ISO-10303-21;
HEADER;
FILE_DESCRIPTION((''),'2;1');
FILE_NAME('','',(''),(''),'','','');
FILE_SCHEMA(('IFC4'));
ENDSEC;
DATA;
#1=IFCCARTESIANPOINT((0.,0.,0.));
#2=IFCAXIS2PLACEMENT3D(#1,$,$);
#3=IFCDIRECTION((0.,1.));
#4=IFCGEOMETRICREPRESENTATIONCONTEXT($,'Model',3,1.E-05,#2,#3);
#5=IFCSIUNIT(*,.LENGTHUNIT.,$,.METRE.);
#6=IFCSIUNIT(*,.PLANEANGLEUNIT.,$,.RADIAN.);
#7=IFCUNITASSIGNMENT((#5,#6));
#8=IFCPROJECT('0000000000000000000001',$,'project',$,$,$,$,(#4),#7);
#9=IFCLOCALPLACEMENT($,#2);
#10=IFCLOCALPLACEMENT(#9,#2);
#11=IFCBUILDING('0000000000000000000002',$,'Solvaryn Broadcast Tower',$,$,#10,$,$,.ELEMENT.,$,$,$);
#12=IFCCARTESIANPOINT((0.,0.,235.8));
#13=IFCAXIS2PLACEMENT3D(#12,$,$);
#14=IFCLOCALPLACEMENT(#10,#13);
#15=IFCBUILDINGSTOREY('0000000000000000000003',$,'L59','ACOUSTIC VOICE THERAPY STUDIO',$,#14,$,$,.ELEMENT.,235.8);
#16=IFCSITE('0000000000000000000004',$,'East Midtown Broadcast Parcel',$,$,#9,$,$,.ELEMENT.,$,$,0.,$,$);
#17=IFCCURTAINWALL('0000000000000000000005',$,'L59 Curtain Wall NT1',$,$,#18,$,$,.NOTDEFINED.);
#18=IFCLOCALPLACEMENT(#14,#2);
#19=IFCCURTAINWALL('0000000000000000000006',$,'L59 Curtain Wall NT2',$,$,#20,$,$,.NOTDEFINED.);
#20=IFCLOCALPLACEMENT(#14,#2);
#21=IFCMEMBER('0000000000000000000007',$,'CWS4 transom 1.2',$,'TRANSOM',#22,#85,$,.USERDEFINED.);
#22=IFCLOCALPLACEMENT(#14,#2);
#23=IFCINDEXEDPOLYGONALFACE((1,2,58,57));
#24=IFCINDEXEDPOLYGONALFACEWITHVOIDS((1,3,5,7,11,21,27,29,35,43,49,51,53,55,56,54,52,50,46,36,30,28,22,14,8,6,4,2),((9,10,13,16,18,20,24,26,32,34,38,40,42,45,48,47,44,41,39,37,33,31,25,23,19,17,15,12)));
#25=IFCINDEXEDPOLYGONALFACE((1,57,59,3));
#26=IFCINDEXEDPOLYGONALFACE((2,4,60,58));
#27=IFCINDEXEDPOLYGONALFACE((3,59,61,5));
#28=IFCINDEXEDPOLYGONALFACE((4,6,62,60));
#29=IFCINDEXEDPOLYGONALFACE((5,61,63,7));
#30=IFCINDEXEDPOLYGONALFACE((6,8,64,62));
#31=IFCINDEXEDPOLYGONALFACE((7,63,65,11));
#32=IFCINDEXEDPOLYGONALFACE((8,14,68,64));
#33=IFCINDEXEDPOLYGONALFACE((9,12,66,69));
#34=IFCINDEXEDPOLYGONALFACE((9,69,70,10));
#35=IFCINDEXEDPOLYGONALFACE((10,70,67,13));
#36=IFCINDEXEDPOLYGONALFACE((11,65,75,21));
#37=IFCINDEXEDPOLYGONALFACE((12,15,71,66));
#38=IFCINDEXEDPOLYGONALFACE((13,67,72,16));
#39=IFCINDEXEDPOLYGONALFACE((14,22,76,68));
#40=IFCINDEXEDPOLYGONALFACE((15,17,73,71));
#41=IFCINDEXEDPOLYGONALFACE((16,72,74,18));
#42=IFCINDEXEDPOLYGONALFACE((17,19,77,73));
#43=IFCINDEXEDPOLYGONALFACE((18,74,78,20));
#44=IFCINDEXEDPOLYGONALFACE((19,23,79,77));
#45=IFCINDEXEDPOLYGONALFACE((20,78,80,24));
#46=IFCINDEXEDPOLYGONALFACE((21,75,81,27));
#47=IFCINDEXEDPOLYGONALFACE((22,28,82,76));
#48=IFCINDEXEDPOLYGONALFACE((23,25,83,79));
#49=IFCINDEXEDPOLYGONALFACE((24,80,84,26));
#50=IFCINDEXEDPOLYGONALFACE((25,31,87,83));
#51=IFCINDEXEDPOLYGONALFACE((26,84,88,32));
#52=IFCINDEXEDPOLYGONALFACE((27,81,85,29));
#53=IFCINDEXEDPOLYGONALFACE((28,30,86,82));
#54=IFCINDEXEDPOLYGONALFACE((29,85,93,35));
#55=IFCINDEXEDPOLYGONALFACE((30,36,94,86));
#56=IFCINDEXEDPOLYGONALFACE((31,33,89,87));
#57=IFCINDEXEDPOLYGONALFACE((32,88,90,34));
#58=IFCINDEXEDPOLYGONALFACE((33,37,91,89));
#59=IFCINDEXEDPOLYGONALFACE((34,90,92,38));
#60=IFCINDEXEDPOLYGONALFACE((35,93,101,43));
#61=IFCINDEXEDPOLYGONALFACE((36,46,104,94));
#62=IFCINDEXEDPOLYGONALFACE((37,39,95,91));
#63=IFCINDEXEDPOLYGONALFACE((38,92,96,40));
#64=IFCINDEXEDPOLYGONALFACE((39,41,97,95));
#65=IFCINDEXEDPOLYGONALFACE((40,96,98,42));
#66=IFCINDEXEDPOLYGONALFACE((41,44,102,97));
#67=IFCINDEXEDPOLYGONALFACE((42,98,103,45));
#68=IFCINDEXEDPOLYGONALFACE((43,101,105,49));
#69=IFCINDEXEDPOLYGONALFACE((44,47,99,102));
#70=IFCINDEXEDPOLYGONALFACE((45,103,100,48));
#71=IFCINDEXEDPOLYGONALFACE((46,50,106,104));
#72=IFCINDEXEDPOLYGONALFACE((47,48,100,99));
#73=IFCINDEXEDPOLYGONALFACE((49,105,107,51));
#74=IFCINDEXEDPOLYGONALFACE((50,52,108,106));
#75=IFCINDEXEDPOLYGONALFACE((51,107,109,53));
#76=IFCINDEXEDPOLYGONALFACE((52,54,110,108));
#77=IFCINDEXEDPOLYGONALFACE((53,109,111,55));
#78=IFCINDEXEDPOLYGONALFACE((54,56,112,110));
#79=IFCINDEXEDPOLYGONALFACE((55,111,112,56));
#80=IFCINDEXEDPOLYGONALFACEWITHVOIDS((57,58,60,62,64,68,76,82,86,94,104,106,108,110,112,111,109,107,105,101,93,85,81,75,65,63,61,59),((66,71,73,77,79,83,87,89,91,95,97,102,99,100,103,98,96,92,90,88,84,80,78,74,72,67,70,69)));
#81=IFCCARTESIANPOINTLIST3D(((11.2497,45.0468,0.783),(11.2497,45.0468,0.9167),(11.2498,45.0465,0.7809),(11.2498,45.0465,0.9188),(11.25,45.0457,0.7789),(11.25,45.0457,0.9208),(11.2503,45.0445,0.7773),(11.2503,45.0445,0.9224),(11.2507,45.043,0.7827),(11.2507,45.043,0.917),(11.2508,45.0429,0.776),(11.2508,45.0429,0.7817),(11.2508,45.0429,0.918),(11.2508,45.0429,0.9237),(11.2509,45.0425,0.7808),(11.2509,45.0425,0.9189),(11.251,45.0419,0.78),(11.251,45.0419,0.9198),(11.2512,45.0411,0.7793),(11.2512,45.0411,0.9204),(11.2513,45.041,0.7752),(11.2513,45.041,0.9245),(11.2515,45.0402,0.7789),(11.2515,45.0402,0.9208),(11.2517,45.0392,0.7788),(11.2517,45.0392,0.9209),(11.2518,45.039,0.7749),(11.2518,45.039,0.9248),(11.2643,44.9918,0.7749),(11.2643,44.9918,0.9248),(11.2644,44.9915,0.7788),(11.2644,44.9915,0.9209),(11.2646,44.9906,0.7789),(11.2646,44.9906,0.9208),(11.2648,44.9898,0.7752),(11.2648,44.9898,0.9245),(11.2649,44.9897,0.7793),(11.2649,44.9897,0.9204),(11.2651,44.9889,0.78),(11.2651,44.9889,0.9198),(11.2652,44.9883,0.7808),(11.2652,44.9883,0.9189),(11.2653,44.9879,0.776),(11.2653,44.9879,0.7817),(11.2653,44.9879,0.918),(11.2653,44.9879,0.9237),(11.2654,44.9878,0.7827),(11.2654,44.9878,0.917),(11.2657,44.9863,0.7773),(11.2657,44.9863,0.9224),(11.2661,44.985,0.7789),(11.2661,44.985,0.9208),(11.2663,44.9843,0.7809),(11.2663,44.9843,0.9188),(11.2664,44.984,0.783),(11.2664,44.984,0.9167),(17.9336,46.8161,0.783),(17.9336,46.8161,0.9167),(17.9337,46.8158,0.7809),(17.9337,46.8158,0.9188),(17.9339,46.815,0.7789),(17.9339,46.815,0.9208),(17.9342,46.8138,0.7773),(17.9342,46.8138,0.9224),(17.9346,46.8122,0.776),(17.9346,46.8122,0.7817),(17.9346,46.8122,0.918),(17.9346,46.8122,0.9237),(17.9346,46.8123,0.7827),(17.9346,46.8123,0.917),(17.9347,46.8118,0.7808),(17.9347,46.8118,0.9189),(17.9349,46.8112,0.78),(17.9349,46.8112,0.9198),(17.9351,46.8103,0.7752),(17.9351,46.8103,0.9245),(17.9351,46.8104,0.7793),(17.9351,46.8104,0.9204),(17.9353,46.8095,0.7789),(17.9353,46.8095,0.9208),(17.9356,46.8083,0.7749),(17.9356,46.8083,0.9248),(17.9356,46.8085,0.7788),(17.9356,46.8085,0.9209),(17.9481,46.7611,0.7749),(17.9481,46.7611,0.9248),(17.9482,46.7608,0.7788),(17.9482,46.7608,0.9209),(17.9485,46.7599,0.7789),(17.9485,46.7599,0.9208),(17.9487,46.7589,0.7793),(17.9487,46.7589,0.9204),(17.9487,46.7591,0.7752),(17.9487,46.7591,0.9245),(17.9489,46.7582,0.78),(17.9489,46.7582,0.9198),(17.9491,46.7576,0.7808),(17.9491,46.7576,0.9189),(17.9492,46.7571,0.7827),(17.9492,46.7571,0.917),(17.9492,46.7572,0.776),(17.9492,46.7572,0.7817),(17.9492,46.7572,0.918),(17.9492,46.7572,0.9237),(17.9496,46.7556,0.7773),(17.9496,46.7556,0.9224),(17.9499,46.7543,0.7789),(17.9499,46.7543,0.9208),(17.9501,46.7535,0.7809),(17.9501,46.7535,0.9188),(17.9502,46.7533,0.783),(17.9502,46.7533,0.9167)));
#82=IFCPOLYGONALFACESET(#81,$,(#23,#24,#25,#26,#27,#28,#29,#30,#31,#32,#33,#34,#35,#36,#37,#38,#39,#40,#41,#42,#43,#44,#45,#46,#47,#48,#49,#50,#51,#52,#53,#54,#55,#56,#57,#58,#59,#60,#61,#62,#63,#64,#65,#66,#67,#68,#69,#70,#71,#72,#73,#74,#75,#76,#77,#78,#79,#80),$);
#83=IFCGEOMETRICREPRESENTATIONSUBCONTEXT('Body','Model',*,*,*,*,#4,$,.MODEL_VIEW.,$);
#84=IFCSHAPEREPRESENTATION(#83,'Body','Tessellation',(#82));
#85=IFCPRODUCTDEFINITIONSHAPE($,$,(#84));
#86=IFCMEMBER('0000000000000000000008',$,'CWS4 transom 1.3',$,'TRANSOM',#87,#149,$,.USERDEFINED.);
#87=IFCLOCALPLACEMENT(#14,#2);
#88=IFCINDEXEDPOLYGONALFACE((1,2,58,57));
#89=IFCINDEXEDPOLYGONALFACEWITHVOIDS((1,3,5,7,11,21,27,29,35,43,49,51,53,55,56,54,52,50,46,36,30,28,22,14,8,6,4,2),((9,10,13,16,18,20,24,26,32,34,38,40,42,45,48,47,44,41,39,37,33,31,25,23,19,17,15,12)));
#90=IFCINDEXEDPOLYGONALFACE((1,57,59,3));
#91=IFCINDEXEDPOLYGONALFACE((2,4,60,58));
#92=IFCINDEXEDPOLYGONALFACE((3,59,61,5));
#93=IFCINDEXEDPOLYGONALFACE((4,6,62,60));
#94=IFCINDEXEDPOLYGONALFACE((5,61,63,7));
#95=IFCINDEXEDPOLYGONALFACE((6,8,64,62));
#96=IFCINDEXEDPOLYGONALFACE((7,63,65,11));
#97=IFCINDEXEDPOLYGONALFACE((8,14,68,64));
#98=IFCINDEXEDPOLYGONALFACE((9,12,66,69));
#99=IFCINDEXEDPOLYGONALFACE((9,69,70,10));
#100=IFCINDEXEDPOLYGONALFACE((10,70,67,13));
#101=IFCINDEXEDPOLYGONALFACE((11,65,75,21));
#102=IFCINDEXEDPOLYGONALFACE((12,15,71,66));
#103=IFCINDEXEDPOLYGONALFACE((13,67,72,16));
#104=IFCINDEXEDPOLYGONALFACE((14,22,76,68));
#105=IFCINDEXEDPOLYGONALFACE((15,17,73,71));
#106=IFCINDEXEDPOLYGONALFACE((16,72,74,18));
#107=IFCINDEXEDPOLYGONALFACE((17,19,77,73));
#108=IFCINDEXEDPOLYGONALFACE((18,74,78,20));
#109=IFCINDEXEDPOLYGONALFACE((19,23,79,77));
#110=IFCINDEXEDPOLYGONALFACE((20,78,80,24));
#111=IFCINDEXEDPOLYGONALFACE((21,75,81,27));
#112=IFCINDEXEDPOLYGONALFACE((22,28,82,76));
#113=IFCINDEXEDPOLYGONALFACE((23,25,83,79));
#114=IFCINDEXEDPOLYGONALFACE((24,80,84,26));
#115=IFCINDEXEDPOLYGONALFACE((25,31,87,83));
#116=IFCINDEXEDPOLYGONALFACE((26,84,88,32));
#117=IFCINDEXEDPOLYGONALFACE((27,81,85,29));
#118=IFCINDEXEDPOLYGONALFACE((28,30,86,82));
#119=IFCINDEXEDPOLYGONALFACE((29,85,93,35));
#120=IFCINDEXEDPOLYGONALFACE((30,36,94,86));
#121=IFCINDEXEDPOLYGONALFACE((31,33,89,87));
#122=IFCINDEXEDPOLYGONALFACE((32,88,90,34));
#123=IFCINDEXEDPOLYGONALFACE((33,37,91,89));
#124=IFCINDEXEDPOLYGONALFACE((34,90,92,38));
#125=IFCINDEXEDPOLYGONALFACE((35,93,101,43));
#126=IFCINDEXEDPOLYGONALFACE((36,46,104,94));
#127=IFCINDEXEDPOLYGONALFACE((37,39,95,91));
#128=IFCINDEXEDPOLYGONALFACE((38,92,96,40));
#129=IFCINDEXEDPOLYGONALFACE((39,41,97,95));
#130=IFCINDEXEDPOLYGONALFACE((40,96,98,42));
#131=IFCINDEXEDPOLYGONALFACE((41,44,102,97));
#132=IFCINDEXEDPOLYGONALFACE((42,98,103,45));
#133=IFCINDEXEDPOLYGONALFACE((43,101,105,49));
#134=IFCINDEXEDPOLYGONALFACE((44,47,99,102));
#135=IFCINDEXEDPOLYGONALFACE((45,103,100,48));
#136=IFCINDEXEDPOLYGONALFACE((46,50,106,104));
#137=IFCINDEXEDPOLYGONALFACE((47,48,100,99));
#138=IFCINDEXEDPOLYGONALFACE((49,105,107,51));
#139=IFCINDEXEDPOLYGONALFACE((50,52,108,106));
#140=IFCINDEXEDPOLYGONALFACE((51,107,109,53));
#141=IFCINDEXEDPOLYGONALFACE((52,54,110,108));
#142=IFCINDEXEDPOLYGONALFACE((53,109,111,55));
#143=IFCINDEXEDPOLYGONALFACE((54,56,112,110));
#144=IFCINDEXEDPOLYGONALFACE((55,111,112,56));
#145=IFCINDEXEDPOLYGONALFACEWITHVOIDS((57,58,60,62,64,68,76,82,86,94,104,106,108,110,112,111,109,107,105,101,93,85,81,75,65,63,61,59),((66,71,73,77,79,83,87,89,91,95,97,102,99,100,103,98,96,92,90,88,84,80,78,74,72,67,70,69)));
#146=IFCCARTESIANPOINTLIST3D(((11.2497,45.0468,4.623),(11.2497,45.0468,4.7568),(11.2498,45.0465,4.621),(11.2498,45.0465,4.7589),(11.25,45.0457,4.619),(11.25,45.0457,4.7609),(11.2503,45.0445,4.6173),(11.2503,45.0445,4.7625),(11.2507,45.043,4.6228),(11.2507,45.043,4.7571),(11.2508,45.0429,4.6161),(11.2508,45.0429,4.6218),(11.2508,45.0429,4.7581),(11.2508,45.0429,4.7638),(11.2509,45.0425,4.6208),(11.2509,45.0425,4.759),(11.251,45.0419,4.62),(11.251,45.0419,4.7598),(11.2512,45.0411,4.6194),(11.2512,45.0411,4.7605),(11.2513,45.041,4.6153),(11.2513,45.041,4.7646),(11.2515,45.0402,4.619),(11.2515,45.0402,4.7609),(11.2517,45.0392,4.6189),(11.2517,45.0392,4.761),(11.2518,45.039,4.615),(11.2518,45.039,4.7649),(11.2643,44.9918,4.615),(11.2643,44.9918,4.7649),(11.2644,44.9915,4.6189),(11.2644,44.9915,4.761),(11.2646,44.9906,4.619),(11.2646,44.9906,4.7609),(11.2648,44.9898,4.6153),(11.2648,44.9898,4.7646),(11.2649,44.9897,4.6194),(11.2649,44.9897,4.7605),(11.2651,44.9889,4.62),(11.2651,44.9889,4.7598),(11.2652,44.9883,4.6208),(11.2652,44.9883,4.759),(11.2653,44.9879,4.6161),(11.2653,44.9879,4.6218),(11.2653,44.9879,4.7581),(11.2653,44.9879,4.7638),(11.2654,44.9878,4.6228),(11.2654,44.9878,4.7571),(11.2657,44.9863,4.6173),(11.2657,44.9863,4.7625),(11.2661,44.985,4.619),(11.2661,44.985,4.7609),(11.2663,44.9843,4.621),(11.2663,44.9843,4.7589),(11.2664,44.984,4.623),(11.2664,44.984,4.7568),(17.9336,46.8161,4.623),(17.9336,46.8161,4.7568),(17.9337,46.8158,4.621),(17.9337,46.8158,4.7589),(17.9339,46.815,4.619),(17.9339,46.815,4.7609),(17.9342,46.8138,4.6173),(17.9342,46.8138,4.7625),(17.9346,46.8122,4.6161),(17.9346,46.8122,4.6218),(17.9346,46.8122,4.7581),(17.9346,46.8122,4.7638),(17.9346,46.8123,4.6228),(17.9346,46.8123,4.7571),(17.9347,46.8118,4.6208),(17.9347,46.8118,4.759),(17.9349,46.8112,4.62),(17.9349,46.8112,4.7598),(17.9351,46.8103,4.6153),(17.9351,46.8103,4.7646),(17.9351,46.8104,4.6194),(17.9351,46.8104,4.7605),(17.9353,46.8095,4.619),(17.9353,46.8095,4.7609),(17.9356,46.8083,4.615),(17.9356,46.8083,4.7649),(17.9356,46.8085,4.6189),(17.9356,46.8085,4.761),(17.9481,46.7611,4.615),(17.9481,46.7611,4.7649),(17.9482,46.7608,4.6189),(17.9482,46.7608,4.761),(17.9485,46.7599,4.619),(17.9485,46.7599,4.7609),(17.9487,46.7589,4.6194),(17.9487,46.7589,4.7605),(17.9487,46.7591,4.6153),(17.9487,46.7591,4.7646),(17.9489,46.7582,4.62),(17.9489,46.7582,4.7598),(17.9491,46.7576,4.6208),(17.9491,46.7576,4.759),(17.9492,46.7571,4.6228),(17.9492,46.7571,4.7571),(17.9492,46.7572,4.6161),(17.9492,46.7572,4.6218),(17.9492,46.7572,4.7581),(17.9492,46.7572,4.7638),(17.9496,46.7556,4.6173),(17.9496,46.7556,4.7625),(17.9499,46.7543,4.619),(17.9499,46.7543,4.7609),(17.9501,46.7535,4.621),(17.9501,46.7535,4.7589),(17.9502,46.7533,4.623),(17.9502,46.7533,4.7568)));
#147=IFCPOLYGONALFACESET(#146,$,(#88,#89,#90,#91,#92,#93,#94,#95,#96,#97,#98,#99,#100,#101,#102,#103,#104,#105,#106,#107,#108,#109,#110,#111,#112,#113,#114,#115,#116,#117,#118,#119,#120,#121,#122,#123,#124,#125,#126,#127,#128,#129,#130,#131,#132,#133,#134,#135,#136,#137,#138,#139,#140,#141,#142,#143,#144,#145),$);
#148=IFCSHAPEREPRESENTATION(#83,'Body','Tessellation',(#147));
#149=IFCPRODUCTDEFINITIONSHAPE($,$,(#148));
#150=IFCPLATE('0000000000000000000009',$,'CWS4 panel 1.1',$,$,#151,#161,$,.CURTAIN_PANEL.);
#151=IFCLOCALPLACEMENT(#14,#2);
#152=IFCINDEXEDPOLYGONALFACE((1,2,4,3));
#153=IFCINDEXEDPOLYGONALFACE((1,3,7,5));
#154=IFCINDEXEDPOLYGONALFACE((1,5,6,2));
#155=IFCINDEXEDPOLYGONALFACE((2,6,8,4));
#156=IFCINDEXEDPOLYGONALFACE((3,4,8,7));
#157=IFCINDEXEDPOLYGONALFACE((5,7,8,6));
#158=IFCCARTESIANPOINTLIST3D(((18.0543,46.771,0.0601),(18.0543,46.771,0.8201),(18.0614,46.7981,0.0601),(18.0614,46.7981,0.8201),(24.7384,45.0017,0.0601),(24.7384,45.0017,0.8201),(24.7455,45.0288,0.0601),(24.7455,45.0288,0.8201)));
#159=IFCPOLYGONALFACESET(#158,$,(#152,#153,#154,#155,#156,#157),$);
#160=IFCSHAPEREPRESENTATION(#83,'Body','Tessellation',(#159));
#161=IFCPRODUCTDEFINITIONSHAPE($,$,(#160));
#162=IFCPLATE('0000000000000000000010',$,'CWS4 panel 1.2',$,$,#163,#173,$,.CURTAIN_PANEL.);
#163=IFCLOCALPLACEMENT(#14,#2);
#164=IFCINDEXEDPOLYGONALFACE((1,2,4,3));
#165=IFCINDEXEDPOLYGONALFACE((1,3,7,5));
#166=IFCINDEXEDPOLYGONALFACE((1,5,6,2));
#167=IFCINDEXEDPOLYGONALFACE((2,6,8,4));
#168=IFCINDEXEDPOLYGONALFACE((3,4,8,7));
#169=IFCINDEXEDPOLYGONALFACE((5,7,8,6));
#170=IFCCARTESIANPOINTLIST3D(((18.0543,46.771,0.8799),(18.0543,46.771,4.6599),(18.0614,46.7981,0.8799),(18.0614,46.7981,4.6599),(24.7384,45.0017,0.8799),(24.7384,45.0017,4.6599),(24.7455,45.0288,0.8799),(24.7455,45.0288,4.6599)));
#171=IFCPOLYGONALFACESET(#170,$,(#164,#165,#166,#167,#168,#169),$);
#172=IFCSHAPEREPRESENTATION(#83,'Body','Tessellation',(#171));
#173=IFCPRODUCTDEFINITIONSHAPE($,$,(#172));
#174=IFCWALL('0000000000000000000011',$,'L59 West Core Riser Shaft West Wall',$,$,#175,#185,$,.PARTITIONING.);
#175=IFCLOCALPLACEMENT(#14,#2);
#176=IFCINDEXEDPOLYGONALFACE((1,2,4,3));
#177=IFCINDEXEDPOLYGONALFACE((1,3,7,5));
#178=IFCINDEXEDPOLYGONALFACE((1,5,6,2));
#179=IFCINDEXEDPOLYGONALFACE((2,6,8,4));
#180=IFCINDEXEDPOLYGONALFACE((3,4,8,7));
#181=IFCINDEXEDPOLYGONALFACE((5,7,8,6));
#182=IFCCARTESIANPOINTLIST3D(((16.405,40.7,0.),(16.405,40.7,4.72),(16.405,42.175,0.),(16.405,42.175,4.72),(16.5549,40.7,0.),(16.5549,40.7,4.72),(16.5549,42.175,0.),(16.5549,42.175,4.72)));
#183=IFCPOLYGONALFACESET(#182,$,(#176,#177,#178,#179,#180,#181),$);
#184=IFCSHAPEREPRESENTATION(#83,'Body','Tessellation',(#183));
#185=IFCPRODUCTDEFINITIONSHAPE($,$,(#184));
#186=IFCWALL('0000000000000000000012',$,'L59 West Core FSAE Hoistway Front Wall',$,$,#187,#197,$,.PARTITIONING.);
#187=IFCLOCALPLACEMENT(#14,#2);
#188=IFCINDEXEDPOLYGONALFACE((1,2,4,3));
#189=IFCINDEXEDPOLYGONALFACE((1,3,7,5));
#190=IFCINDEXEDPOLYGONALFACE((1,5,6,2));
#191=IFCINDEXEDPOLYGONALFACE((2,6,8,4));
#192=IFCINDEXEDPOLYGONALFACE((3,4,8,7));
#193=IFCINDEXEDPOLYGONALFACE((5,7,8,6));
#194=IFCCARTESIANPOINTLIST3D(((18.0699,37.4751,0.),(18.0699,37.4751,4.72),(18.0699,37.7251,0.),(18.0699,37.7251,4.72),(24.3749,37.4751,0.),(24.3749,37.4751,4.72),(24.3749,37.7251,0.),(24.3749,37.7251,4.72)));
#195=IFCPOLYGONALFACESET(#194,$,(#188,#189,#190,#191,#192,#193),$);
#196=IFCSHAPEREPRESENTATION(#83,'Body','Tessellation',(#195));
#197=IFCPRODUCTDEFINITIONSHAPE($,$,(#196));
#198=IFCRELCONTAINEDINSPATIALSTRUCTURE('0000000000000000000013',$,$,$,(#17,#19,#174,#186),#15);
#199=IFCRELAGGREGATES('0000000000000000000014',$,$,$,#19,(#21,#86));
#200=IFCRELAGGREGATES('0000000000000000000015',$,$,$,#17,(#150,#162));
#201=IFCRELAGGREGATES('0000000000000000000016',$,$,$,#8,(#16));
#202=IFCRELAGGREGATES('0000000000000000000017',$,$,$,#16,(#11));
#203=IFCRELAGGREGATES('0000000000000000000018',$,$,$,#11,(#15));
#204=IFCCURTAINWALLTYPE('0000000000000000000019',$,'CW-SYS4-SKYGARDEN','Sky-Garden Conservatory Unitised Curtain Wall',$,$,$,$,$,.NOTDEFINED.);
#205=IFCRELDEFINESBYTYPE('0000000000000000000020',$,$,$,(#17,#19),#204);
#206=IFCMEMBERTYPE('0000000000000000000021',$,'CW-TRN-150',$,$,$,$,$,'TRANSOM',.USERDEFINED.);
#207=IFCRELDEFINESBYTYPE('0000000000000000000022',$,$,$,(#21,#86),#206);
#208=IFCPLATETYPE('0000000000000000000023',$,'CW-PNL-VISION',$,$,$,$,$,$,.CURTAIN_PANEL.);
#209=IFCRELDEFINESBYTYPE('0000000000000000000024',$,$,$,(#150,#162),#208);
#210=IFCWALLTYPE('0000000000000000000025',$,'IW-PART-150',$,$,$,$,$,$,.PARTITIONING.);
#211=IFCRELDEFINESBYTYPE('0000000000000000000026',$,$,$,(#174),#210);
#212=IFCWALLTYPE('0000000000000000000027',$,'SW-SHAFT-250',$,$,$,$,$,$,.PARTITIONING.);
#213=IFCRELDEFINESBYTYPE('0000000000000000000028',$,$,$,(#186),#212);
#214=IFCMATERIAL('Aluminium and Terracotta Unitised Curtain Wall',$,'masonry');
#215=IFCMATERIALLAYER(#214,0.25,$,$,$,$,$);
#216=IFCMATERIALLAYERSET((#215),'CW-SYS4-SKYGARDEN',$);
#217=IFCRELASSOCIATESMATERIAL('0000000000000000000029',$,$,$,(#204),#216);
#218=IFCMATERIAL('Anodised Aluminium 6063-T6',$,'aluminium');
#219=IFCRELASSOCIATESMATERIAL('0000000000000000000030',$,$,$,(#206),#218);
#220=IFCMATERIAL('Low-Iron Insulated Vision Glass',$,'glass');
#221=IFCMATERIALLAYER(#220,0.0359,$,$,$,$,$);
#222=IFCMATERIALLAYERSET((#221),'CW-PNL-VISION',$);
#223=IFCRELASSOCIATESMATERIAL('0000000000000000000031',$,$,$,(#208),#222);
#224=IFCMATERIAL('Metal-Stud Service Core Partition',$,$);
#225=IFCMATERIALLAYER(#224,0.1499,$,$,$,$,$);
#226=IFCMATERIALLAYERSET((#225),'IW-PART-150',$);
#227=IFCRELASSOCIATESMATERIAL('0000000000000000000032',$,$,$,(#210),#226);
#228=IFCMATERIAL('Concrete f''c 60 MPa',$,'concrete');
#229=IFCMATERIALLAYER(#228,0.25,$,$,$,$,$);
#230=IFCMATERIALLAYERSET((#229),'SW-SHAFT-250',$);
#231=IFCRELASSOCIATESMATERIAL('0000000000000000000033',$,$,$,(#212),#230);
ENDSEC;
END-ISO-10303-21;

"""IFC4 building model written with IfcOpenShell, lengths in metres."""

from ifc_helpers import new_model, si_unit, direction, frame, frame_2d, origin, origin_2d, place, context, subcontext, project, spatial, rectangle, hollow_rectangle, extrude, material, layer, layer_set, material_profile, profile_set, type_object, element, aggregate, save


model = new_model("IFC4")

# Units and contexts
model_context = context("Model", 3, precision=1e-05, world=origin(), true_north=direction((0.0, 1.0)))
body_context = subcontext(model_context, "Body", "Model", "MODEL_VIEW")
ifc_project = project(units=[si_unit("LENGTHUNIT", "METRE"), si_unit("PLANEANGLEUNIT", "RADIAN")], contexts=[model_context])

# Site, building, storey
site_placement = place(None, origin())
site = spatial("IfcSite", under=ifc_project, at=site_placement, Name="East Midtown Broadcast Parcel", CompositionType="ELEMENT", RefElevation=0.0)
building_placement = place(site_placement, origin())
building = spatial("IfcBuilding", under=site, at=building_placement, Name="Solvaryn Broadcast Tower", CompositionType="ELEMENT")
storey_placement = place(building_placement, frame((0.0, 0.0, 235.8)))
storey = spatial("IfcBuildingStorey", under=building, at=storey_placement, Name="L59", Description="ACOUSTIC VOICE THERAPY STUDIO", CompositionType="ELEMENT", Elevation=235.8)

# Curtain wall
ifc_material_1 = material(Name="Aluminium and Terracotta Unitised Curtain Wall", Category="masonry")
ifc_layer_1 = layer(ifc_material_1, 0.25)
ifc_layer_set_1 = layer_set([ifc_layer_1], Name="CW-SYS4-SKYGARDEN")
curtain_wall_type = type_object("IfcCurtainWallType", Name="CW-SYS4-SKYGARDEN", Description="Sky-Garden Conservatory Unitised Curtain Wall", PredefinedType="NOTDEFINED", material=ifc_layer_set_1)
curtain_wall_1_placement = place(storey_placement, origin())
curtain_wall_1 = element("IfcCurtainWall", 1, at=curtain_wall_1_placement, inside=storey, type_object=curtain_wall_type, Name="L59 Curtain Wall NT1", PredefinedType="NOTDEFINED")

# Curtain wall, members
curtain_wall_2_placement = place(storey_placement, origin())
curtain_wall_2 = element("IfcCurtainWall", 2, at=curtain_wall_2_placement, inside=storey, type_object=curtain_wall_type, Name="L59 Curtain Wall NT2", PredefinedType="NOTDEFINED")
ifc_material_2 = material(Name="Anodised Aluminium 6063-T6", Category="aluminium")
ifc_material_profile_1 = material_profile(ifc_material_2, hollow_rectangle(XDim=0.0649, YDim=0.1499, WallThickness=0.0039, InnerFilletRadius=0.0039, OuterFilletRadius=0.0081, at=origin_2d()))
ifc_profile_set_1 = profile_set([ifc_material_profile_1], Name="Anodised Aluminium 6063-T6")
member_type_1 = type_object("IfcMemberType", Name="CW-TRN-150", ElementType="TRANSOM", PredefinedType="USERDEFINED", material=ifc_profile_set_1)
member_1_placement = place(storey_placement, frame((17.9419, 46.7847, 0.8499), z_axis=(-0.966704, -0.255897, 0.0), x_axis=(0.255897, -0.966704, 0.0)))
member_1 = element("IfcMember", 3, at=member_1_placement, type_object=member_type_1, Name="CWS4 transom 1.2", ObjectType="TRANSOM", PredefinedType="USERDEFINED", context=body_context, shape_type="SweptSolid", body=[
    extrude(hollow_rectangle(XDim=0.0649, YDim=0.1499, WallThickness=0.0039, InnerFilletRadius=0.0039, OuterFilletRadius=0.0081, at=origin_2d()), origin(), (0.0, 0.0, 1.0), 6.9141),
])
member_2_placement = place(storey_placement, frame((17.9419, 46.7847, 4.6899), z_axis=(-0.966704, -0.255897, 0.0), x_axis=(0.255897, -0.966704, 0.0)))
member_2 = element("IfcMember", 4, at=member_2_placement, type_object=member_type_1, Name="CWS4 transom 1.3", ObjectType="TRANSOM", PredefinedType="USERDEFINED", context=body_context, shape_type="SweptSolid", body=[
    extrude(hollow_rectangle(XDim=0.0649, YDim=0.1499, WallThickness=0.0039, InnerFilletRadius=0.0039, OuterFilletRadius=0.0081, at=origin_2d()), origin(), (0.0, 0.0, 1.0), 6.9141),
])
aggregate(curtain_wall_2, [member_1, member_2])

# Plates
ifc_material_3 = material(Name="Low-Iron Insulated Vision Glass", Category="glass")
ifc_layer_2 = layer(ifc_material_3, 0.0359)
ifc_layer_set_2 = layer_set([ifc_layer_2], Name="CW-PNL-VISION")
plate_type = type_object("IfcPlateType", Name="CW-PNL-VISION", PredefinedType="CURTAIN_PANEL", material=ifc_layer_set_2)
plate_1_placement = place(storey_placement, frame((21.3999, 45.8999, 0.0601), z_axis=(0.0, 0.0, 1.0), x_axis=(-0.966705, 0.255893, 0.0)))
plate_1 = element("IfcPlate", 5, at=plate_1_placement, type_object=plate_type, Name="CWS4 panel 1.1", PredefinedType="CURTAIN_PANEL", context=body_context, shape_type="SweptSolid", body=[
    extrude(rectangle(XDim=6.9143, YDim=0.0281, at=origin_2d()), origin(), (0.0, 0.0, 1.0), 0.76),
])
plate_2_placement = place(storey_placement, frame((21.3999, 45.8999, 0.8799), z_axis=(0.0, 0.0, 1.0), x_axis=(-0.966705, 0.255893, 0.0)))
plate_2 = element("IfcPlate", 6, at=plate_2_placement, type_object=plate_type, Name="CWS4 panel 1.2", PredefinedType="CURTAIN_PANEL", context=body_context, shape_type="SweptSolid", body=[
    extrude(rectangle(XDim=6.9143, YDim=0.0281, at=origin_2d()), origin(), (0.0, 0.0, 1.0), 3.78),
])
aggregate(curtain_wall_1, [plate_1, plate_2])

# Walls
ifc_material_4 = material(Name="Metal-Stud Service Core Partition")
ifc_layer_3 = layer(ifc_material_4, 0.1499)
ifc_layer_set_3 = layer_set([ifc_layer_3], Name="IW-PART-150")
wall_type_1 = type_object("IfcWallType", Name="IW-PART-150", PredefinedType="PARTITIONING", material=ifc_layer_set_3)
wall_1_placement = place(storey_placement, frame((16.48, 40.7, 0.0), z_axis=(0.0, 0.0, 1.0), x_axis=(0.0, 1.0, 0.0)))
element("IfcWall", 7, at=wall_1_placement, inside=storey, type_object=wall_type_1, Name="L59 West Core Riser Shaft West Wall", PredefinedType="PARTITIONING", context=body_context, shape_type="SweptSolid", body=[
    extrude(rectangle(XDim=1.4751, YDim=0.1499, at=frame_2d((0.7375, 0.0))), origin(), (0.0, 0.0, 1.0), 4.72),
])
ifc_material_5 = material(Name="Concrete f'c 60 MPa", Category="concrete")
ifc_layer_4 = layer(ifc_material_5, 0.25)
ifc_layer_set_4 = layer_set([ifc_layer_4], Name="SW-SHAFT-250")
wall_type_2 = type_object("IfcWallType", Name="SW-SHAFT-250", PredefinedType="PARTITIONING", material=ifc_layer_set_4)
wall_2_placement = place(storey_placement, frame((18.0701, 37.6001, 0.0), z_axis=(0.0, 0.0, 1.0), x_axis=(1.0, 0.0, 0.0)))
element("IfcWall", 8, at=wall_2_placement, inside=storey, type_object=wall_type_2, Name="L59 West Core FSAE Hoistway Front Wall", PredefinedType="PARTITIONING", context=body_context, shape_type="SweptSolid", body=[
    extrude(rectangle(XDim=6.3049, YDim=0.25, at=frame_2d((3.1523, 0.0))), origin(), (0.0, 0.0, 1.0), 4.72),
])

save(model, "model.ifc")
